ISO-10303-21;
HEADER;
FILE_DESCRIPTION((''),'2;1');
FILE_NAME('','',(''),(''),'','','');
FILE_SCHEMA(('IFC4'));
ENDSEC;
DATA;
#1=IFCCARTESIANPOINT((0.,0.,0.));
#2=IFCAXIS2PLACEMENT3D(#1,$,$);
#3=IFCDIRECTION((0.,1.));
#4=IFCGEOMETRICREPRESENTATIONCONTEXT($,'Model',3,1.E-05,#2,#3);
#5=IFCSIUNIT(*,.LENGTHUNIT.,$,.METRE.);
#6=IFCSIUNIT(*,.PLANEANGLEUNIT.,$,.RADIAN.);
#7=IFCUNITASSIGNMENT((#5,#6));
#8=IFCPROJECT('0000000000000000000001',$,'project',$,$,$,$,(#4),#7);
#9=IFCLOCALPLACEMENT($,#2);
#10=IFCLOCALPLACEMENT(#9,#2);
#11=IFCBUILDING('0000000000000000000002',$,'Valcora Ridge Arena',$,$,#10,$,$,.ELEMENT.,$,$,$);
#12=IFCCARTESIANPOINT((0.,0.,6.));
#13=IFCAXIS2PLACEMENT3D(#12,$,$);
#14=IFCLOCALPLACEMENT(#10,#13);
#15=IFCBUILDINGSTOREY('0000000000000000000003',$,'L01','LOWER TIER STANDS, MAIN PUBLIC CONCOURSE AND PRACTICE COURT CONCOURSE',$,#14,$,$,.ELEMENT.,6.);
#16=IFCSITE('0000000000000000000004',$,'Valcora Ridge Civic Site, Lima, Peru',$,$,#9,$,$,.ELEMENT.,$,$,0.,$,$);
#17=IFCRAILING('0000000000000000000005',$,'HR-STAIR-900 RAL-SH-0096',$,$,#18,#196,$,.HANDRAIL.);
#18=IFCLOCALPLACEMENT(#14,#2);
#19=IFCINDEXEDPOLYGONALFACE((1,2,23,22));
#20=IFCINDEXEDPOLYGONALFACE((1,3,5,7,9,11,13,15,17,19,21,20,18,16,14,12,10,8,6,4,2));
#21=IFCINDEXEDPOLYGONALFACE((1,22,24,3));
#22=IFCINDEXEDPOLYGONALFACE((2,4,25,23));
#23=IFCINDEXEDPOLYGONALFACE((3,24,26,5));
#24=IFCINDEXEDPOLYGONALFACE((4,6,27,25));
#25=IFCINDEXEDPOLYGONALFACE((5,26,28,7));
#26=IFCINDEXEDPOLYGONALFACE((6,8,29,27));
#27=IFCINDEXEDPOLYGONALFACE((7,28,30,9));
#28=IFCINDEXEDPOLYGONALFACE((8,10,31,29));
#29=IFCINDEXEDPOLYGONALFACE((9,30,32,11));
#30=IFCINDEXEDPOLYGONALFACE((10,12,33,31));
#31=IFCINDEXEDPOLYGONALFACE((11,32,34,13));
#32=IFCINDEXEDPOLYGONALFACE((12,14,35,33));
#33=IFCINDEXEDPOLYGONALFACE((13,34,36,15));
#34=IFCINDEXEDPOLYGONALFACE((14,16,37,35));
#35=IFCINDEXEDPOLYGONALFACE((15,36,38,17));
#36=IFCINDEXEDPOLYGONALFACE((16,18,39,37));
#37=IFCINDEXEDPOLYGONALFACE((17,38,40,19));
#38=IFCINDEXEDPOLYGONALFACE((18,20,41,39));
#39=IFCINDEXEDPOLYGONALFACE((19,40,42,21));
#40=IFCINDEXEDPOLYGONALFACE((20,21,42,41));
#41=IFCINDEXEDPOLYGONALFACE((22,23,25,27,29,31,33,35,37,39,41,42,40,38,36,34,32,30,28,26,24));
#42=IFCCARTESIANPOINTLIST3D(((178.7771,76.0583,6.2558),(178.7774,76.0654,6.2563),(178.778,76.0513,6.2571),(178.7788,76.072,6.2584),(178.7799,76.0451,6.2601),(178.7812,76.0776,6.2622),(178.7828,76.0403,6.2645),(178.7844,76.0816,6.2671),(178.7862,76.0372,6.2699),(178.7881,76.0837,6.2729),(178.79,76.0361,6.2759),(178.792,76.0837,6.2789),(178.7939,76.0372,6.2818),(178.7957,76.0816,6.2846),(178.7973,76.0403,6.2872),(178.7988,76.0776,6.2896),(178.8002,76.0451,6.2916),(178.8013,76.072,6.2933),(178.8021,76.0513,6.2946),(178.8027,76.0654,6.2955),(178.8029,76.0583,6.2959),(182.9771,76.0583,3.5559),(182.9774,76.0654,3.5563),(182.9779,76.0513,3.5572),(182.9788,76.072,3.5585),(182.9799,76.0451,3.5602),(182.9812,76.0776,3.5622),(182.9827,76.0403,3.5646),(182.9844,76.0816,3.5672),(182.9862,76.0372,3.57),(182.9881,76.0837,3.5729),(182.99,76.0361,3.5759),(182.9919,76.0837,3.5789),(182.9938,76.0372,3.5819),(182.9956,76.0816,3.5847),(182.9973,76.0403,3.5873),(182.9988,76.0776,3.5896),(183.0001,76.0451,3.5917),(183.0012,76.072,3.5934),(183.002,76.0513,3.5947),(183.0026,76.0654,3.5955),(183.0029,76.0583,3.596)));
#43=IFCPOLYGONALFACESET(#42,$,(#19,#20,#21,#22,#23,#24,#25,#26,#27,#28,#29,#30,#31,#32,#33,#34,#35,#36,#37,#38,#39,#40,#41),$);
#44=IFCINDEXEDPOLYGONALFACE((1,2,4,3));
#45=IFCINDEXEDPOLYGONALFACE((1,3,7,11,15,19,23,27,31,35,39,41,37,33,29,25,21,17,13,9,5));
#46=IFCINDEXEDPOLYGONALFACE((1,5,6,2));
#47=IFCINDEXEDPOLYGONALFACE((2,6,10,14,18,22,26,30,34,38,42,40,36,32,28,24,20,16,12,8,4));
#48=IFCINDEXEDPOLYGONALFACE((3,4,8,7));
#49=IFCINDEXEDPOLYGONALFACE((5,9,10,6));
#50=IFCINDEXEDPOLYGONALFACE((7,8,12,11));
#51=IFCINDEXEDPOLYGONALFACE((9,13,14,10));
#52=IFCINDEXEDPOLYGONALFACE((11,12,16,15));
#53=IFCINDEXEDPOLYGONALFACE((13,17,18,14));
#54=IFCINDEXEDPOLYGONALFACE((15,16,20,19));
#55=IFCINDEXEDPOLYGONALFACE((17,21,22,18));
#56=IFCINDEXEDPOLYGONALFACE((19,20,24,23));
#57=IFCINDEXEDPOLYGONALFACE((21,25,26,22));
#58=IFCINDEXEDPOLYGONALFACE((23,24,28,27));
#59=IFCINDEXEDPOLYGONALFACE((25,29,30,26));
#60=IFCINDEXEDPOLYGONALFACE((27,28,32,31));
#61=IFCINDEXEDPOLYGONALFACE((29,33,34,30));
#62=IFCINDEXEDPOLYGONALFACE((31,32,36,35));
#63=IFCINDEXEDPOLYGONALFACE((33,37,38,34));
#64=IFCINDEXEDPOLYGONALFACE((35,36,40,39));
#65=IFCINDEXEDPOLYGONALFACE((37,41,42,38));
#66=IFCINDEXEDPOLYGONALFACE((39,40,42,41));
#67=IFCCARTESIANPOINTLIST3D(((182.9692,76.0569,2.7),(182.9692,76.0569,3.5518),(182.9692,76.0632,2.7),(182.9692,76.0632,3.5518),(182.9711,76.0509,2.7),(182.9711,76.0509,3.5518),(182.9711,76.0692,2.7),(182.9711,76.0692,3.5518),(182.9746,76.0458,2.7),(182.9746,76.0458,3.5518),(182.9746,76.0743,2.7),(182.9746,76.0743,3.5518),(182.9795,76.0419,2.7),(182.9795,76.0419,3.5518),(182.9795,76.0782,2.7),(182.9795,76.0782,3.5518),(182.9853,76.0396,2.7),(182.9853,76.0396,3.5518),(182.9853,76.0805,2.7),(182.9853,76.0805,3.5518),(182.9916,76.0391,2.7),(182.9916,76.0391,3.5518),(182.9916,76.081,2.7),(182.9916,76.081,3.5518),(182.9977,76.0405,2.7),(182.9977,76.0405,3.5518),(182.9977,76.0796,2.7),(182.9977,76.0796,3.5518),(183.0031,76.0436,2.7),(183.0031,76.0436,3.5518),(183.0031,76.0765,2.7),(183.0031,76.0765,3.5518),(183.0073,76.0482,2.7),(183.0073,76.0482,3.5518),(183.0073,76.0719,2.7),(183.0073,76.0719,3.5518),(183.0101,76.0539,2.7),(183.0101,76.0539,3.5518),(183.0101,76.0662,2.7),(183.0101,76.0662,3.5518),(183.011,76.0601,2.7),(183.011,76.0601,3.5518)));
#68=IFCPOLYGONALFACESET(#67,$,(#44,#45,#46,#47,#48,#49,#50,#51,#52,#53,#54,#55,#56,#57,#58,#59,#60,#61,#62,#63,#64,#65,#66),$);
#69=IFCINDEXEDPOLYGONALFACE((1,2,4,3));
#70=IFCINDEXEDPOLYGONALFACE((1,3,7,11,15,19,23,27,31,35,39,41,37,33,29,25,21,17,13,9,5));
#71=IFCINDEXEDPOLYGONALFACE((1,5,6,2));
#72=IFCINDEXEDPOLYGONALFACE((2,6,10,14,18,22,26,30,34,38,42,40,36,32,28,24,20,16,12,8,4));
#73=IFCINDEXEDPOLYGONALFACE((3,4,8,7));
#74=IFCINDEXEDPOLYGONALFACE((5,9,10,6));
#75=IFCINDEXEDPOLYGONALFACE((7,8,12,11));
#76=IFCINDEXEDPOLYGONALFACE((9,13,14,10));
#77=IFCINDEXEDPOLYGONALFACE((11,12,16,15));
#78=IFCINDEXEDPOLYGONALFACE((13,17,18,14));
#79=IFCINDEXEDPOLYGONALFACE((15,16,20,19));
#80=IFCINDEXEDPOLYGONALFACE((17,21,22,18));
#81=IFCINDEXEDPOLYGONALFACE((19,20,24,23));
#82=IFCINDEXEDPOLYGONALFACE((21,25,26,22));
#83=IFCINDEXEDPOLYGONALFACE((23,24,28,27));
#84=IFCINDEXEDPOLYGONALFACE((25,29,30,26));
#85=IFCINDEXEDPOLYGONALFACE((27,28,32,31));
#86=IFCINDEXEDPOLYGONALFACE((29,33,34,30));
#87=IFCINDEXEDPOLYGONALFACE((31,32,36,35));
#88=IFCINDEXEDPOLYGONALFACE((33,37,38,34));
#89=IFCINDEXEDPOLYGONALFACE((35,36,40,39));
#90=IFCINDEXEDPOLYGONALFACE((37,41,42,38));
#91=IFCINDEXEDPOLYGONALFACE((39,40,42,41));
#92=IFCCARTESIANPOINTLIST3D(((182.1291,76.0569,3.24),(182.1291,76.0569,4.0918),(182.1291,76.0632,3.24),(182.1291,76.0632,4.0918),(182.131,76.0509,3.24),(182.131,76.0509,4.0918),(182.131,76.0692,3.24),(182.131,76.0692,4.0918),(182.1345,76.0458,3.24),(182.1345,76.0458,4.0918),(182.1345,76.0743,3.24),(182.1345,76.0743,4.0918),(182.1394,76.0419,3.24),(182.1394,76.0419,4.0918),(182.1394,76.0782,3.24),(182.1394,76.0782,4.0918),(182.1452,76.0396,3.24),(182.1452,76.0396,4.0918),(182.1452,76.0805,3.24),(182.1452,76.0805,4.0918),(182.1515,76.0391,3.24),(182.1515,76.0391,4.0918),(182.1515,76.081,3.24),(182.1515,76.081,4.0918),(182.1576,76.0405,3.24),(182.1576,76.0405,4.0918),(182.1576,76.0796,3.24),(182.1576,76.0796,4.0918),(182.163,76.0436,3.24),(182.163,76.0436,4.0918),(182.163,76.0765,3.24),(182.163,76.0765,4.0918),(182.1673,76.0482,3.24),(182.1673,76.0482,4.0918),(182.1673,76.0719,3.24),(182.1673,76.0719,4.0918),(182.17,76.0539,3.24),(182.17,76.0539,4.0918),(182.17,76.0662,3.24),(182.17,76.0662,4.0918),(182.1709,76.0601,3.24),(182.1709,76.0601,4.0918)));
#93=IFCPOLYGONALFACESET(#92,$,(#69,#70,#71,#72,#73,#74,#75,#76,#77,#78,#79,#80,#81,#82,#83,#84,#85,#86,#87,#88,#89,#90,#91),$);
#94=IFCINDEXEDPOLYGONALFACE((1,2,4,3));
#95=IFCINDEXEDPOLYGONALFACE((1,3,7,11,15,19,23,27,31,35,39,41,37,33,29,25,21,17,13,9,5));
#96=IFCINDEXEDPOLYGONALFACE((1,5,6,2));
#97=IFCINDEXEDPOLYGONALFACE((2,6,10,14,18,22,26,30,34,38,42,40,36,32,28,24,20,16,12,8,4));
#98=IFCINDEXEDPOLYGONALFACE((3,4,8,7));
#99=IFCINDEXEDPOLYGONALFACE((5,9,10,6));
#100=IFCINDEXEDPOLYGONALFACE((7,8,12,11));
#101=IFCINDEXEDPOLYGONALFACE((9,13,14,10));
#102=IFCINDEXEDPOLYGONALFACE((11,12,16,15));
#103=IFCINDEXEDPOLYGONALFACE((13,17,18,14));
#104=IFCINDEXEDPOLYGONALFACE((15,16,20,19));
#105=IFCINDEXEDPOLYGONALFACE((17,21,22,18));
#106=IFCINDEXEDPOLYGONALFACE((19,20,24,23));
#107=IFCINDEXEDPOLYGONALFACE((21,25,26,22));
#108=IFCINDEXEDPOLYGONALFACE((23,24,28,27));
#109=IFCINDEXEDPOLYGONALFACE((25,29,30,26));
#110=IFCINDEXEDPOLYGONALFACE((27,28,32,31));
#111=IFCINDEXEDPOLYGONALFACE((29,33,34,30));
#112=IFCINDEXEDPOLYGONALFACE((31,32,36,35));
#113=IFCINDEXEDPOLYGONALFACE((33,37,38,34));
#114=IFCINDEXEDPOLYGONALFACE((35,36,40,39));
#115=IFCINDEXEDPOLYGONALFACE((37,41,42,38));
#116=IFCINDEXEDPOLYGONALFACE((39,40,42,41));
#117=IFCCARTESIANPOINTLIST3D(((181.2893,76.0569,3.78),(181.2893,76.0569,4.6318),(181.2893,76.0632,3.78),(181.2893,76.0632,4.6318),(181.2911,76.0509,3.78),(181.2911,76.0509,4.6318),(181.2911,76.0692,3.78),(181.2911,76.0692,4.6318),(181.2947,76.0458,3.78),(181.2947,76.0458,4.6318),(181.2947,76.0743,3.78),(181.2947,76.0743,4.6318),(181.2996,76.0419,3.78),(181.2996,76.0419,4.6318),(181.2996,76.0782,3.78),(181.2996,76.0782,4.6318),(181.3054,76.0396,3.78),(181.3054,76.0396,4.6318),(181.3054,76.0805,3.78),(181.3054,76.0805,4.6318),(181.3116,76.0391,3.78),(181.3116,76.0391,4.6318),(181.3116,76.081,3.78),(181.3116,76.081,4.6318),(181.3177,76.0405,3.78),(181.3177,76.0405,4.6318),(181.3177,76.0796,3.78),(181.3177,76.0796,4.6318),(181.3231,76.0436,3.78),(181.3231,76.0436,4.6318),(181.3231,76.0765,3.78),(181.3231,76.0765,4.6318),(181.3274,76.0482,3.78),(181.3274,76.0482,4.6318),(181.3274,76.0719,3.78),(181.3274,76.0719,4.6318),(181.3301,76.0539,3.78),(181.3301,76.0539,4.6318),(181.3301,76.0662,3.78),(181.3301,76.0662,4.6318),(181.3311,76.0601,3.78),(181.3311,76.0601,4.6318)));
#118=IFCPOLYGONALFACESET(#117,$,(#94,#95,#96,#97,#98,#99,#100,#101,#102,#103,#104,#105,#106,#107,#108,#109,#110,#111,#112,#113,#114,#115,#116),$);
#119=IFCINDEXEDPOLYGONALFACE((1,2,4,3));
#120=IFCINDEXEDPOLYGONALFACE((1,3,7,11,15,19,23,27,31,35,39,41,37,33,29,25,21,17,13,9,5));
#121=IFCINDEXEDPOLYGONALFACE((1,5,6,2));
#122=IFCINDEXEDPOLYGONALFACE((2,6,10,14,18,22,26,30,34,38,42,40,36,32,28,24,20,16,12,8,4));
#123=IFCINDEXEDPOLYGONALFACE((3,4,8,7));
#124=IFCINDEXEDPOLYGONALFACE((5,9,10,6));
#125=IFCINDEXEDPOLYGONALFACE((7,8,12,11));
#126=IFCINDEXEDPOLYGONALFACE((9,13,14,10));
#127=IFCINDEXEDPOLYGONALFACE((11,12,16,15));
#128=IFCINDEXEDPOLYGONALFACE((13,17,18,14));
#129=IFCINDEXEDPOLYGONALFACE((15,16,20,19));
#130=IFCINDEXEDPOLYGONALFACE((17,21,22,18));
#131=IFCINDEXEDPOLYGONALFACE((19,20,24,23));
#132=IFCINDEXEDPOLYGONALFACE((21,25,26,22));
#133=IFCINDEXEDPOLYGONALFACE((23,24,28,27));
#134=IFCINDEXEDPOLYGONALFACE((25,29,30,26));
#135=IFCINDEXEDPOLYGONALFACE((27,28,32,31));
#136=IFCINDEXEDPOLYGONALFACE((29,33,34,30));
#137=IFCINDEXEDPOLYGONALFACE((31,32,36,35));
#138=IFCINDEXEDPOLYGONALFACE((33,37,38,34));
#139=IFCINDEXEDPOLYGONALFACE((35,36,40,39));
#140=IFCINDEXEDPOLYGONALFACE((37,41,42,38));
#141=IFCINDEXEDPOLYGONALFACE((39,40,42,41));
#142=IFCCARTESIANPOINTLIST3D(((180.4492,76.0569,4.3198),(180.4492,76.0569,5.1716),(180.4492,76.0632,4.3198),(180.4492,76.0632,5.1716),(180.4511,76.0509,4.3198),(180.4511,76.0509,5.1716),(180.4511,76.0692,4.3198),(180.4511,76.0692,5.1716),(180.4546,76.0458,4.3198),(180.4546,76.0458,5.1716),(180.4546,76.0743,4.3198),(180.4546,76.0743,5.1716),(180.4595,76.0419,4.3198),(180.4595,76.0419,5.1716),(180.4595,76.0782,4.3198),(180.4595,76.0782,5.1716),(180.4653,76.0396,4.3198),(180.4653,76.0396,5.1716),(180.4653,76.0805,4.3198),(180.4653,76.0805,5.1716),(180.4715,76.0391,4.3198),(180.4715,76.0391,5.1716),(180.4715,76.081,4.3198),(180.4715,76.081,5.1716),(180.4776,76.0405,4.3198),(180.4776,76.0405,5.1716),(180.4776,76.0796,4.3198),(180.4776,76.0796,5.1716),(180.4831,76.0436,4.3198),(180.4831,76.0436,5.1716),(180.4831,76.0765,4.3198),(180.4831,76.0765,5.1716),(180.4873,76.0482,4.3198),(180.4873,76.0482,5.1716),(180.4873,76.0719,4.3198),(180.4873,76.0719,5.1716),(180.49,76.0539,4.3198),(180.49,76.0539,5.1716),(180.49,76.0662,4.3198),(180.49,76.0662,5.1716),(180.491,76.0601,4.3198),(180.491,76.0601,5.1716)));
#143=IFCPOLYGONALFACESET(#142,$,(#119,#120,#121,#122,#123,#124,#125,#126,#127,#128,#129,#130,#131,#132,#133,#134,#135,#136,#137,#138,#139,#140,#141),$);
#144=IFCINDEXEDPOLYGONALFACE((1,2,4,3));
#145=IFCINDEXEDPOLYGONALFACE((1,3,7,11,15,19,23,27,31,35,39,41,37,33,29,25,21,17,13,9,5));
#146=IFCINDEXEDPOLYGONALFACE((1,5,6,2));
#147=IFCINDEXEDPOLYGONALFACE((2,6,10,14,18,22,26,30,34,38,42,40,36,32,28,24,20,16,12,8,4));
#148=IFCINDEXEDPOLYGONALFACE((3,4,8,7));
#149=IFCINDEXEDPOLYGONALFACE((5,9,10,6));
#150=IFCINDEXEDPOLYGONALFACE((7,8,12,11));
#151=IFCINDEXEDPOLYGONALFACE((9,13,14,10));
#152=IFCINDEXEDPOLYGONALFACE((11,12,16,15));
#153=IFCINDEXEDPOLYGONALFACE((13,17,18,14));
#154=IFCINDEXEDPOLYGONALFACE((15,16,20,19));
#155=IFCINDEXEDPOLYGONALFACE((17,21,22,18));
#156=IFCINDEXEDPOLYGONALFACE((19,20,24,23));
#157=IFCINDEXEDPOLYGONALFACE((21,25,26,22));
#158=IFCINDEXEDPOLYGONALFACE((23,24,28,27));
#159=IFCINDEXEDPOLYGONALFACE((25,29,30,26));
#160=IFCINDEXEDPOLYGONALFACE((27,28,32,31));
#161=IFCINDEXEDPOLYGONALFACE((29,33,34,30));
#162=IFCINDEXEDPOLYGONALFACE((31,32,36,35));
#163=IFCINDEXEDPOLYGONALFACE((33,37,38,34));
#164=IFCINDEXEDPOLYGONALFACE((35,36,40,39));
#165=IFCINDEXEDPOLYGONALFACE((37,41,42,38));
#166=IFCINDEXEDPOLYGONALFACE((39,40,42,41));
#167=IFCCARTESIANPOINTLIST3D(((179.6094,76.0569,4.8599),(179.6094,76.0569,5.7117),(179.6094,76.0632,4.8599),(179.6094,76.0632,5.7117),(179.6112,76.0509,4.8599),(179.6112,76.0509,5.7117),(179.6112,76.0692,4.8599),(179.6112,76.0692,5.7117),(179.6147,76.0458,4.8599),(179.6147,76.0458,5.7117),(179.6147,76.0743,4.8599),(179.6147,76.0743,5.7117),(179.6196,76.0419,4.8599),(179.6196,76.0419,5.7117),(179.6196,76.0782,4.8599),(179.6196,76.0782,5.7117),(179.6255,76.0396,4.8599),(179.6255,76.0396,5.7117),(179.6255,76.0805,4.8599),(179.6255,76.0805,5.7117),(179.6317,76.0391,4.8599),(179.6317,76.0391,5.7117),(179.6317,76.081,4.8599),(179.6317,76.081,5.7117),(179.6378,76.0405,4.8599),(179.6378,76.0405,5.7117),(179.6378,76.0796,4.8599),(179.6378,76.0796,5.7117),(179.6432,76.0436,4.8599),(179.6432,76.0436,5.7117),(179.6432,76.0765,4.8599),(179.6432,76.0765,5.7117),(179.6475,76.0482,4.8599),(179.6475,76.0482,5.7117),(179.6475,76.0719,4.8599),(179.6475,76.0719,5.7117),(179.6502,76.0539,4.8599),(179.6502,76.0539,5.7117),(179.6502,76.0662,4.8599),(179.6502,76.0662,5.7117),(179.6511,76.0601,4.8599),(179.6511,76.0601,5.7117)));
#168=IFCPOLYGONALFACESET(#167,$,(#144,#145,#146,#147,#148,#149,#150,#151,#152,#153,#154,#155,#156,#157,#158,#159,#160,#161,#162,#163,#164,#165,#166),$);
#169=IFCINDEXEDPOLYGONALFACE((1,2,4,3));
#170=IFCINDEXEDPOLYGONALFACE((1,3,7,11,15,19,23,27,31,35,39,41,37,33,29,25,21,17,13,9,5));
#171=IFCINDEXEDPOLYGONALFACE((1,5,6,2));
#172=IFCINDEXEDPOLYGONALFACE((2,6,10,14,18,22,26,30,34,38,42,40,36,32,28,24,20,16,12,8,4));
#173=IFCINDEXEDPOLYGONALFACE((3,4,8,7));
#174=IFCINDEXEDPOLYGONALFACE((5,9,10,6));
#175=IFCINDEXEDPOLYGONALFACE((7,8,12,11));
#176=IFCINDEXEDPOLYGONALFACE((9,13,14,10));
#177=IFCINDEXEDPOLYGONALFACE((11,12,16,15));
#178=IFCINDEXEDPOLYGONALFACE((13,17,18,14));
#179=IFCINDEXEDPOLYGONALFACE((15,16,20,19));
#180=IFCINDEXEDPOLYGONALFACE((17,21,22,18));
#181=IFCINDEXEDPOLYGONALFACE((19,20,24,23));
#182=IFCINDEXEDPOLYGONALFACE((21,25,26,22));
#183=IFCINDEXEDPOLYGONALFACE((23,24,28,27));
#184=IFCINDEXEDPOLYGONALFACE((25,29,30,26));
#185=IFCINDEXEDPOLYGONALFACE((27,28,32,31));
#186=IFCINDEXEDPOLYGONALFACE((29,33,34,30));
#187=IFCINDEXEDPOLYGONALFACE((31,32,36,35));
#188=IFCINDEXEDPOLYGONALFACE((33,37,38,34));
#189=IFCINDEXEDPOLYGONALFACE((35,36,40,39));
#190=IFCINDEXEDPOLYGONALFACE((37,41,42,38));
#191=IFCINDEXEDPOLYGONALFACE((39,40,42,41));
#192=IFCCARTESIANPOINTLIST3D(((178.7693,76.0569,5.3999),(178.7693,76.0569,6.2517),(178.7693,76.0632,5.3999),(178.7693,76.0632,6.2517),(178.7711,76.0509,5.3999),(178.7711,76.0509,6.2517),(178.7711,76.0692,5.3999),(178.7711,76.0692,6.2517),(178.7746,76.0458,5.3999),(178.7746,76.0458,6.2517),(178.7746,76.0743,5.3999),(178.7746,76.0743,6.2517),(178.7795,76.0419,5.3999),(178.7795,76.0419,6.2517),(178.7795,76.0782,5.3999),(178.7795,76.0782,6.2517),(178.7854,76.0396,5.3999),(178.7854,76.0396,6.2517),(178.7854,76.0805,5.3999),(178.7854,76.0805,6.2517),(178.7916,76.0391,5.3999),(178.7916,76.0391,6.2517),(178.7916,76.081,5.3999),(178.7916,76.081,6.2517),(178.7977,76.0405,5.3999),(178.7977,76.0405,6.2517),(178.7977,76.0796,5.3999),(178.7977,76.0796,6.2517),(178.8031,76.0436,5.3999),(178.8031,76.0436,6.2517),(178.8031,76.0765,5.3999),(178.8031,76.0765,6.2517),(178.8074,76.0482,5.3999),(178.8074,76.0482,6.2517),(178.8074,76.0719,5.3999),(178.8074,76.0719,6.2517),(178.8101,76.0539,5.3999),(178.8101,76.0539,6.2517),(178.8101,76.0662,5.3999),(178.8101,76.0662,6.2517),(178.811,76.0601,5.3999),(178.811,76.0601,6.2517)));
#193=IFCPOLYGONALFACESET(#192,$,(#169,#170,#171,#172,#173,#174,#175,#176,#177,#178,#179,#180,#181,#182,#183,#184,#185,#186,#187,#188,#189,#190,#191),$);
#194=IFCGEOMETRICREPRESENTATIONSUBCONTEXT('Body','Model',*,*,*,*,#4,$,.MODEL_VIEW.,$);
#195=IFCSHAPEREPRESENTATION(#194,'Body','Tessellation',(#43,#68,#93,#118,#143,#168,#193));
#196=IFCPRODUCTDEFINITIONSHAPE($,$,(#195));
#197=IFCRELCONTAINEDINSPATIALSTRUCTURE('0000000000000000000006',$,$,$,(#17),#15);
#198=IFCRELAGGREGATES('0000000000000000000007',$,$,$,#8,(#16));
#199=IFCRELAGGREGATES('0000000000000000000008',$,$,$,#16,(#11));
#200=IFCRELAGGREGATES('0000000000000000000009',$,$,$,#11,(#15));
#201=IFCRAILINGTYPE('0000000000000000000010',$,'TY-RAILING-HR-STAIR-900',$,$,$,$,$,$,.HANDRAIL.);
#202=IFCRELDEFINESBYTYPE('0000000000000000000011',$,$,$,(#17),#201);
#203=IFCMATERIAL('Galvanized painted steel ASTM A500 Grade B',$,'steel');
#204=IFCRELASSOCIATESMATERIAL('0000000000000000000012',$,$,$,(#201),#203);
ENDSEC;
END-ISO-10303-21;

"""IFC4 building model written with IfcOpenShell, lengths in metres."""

from ifc_helpers import new_model, si_unit, direction, frame, origin, origin_2d, place, context, subcontext, project, spatial, circle, extrude, material, type_object, element, save


model = new_model("IFC4")

# Units and contexts
model_context = context("Model", 3, precision=1e-05, world=origin(), true_north=direction((0.0, 1.0)))
body_context = subcontext(model_context, "Body", "Model", "MODEL_VIEW")
ifc_project = project(units=[si_unit("LENGTHUNIT", "METRE"), si_unit("PLANEANGLEUNIT", "RADIAN")], contexts=[model_context])

# Site, building, storey
site_placement = place(None, origin())
site = spatial("IfcSite", under=ifc_project, at=site_placement, Name="Valcora Ridge Civic Site, Lima, Peru", CompositionType="ELEMENT", RefElevation=0.0)
building_placement = place(site_placement, origin())
building = spatial("IfcBuilding", under=site, at=building_placement, Name="Valcora Ridge Arena", CompositionType="ELEMENT")
storey_placement = place(building_placement, frame((0.0, 0.0, 6.0)))
storey = spatial("IfcBuildingStorey", under=building, at=storey_placement, Name="L01", Description="LOWER TIER STANDS, MAIN PUBLIC CONCOURSE AND PRACTICE COURT CONCOURSE", CompositionType="ELEMENT", Elevation=6.0)

# Railing
ifc_material_1 = material(Name="Galvanized painted steel ASTM A500 Grade B", Category="steel")
railing_type_1 = type_object("IfcRailingType", Name="TY-RAILING-HR-STAIR-900", PredefinedType="HANDRAIL", material=ifc_material_1)
railing_1_placement = place(storey_placement, frame((182.99, 76.0601, 2.7)))
element("IfcRailing", 1, at=railing_1_placement, inside=storey, type_object=railing_type_1, Name="HR-STAIR-900 RAL-SH-0096", PredefinedType="HANDRAIL", context=body_context, shape_type="SweptSolid", body=[
    extrude(circle(Radius=0.0239, at=origin_2d()), frame((0.0, 0.0, 0.876), z_axis=(-0.84118, 0.0, 0.540755), x_axis=(0.0, -1.0, 0.0)), (0.0, 0.0, 1.0), 4.9929),
    extrude(circle(Radius=0.021, at=origin_2d()), origin(), (0.0, 0.0, 1.0), 0.8518),
    extrude(circle(Radius=0.021, at=origin_2d()), frame((-0.8401, 0.0, 0.54)), (0.0, 0.0, 1.0), 0.8518),
    extrude(circle(Radius=0.021, at=origin_2d()), frame((-1.6799, 0.0, 1.0801)), (0.0, 0.0, 1.0), 0.8518),
    extrude(circle(Radius=0.021, at=origin_2d()), frame((-2.52, 0.0, 1.6199)), (0.0, 0.0, 1.0), 0.8518),
    extrude(circle(Radius=0.021, at=origin_2d()), frame((-3.3599, 0.0, 2.1599)), (0.0, 0.0, 1.0), 0.8518),
    extrude(circle(Radius=0.021, at=origin_2d()), frame((-4.2, 0.0, 2.7)), (0.0, 0.0, 1.0), 0.8518),
])

save(model, "model.ifc")
